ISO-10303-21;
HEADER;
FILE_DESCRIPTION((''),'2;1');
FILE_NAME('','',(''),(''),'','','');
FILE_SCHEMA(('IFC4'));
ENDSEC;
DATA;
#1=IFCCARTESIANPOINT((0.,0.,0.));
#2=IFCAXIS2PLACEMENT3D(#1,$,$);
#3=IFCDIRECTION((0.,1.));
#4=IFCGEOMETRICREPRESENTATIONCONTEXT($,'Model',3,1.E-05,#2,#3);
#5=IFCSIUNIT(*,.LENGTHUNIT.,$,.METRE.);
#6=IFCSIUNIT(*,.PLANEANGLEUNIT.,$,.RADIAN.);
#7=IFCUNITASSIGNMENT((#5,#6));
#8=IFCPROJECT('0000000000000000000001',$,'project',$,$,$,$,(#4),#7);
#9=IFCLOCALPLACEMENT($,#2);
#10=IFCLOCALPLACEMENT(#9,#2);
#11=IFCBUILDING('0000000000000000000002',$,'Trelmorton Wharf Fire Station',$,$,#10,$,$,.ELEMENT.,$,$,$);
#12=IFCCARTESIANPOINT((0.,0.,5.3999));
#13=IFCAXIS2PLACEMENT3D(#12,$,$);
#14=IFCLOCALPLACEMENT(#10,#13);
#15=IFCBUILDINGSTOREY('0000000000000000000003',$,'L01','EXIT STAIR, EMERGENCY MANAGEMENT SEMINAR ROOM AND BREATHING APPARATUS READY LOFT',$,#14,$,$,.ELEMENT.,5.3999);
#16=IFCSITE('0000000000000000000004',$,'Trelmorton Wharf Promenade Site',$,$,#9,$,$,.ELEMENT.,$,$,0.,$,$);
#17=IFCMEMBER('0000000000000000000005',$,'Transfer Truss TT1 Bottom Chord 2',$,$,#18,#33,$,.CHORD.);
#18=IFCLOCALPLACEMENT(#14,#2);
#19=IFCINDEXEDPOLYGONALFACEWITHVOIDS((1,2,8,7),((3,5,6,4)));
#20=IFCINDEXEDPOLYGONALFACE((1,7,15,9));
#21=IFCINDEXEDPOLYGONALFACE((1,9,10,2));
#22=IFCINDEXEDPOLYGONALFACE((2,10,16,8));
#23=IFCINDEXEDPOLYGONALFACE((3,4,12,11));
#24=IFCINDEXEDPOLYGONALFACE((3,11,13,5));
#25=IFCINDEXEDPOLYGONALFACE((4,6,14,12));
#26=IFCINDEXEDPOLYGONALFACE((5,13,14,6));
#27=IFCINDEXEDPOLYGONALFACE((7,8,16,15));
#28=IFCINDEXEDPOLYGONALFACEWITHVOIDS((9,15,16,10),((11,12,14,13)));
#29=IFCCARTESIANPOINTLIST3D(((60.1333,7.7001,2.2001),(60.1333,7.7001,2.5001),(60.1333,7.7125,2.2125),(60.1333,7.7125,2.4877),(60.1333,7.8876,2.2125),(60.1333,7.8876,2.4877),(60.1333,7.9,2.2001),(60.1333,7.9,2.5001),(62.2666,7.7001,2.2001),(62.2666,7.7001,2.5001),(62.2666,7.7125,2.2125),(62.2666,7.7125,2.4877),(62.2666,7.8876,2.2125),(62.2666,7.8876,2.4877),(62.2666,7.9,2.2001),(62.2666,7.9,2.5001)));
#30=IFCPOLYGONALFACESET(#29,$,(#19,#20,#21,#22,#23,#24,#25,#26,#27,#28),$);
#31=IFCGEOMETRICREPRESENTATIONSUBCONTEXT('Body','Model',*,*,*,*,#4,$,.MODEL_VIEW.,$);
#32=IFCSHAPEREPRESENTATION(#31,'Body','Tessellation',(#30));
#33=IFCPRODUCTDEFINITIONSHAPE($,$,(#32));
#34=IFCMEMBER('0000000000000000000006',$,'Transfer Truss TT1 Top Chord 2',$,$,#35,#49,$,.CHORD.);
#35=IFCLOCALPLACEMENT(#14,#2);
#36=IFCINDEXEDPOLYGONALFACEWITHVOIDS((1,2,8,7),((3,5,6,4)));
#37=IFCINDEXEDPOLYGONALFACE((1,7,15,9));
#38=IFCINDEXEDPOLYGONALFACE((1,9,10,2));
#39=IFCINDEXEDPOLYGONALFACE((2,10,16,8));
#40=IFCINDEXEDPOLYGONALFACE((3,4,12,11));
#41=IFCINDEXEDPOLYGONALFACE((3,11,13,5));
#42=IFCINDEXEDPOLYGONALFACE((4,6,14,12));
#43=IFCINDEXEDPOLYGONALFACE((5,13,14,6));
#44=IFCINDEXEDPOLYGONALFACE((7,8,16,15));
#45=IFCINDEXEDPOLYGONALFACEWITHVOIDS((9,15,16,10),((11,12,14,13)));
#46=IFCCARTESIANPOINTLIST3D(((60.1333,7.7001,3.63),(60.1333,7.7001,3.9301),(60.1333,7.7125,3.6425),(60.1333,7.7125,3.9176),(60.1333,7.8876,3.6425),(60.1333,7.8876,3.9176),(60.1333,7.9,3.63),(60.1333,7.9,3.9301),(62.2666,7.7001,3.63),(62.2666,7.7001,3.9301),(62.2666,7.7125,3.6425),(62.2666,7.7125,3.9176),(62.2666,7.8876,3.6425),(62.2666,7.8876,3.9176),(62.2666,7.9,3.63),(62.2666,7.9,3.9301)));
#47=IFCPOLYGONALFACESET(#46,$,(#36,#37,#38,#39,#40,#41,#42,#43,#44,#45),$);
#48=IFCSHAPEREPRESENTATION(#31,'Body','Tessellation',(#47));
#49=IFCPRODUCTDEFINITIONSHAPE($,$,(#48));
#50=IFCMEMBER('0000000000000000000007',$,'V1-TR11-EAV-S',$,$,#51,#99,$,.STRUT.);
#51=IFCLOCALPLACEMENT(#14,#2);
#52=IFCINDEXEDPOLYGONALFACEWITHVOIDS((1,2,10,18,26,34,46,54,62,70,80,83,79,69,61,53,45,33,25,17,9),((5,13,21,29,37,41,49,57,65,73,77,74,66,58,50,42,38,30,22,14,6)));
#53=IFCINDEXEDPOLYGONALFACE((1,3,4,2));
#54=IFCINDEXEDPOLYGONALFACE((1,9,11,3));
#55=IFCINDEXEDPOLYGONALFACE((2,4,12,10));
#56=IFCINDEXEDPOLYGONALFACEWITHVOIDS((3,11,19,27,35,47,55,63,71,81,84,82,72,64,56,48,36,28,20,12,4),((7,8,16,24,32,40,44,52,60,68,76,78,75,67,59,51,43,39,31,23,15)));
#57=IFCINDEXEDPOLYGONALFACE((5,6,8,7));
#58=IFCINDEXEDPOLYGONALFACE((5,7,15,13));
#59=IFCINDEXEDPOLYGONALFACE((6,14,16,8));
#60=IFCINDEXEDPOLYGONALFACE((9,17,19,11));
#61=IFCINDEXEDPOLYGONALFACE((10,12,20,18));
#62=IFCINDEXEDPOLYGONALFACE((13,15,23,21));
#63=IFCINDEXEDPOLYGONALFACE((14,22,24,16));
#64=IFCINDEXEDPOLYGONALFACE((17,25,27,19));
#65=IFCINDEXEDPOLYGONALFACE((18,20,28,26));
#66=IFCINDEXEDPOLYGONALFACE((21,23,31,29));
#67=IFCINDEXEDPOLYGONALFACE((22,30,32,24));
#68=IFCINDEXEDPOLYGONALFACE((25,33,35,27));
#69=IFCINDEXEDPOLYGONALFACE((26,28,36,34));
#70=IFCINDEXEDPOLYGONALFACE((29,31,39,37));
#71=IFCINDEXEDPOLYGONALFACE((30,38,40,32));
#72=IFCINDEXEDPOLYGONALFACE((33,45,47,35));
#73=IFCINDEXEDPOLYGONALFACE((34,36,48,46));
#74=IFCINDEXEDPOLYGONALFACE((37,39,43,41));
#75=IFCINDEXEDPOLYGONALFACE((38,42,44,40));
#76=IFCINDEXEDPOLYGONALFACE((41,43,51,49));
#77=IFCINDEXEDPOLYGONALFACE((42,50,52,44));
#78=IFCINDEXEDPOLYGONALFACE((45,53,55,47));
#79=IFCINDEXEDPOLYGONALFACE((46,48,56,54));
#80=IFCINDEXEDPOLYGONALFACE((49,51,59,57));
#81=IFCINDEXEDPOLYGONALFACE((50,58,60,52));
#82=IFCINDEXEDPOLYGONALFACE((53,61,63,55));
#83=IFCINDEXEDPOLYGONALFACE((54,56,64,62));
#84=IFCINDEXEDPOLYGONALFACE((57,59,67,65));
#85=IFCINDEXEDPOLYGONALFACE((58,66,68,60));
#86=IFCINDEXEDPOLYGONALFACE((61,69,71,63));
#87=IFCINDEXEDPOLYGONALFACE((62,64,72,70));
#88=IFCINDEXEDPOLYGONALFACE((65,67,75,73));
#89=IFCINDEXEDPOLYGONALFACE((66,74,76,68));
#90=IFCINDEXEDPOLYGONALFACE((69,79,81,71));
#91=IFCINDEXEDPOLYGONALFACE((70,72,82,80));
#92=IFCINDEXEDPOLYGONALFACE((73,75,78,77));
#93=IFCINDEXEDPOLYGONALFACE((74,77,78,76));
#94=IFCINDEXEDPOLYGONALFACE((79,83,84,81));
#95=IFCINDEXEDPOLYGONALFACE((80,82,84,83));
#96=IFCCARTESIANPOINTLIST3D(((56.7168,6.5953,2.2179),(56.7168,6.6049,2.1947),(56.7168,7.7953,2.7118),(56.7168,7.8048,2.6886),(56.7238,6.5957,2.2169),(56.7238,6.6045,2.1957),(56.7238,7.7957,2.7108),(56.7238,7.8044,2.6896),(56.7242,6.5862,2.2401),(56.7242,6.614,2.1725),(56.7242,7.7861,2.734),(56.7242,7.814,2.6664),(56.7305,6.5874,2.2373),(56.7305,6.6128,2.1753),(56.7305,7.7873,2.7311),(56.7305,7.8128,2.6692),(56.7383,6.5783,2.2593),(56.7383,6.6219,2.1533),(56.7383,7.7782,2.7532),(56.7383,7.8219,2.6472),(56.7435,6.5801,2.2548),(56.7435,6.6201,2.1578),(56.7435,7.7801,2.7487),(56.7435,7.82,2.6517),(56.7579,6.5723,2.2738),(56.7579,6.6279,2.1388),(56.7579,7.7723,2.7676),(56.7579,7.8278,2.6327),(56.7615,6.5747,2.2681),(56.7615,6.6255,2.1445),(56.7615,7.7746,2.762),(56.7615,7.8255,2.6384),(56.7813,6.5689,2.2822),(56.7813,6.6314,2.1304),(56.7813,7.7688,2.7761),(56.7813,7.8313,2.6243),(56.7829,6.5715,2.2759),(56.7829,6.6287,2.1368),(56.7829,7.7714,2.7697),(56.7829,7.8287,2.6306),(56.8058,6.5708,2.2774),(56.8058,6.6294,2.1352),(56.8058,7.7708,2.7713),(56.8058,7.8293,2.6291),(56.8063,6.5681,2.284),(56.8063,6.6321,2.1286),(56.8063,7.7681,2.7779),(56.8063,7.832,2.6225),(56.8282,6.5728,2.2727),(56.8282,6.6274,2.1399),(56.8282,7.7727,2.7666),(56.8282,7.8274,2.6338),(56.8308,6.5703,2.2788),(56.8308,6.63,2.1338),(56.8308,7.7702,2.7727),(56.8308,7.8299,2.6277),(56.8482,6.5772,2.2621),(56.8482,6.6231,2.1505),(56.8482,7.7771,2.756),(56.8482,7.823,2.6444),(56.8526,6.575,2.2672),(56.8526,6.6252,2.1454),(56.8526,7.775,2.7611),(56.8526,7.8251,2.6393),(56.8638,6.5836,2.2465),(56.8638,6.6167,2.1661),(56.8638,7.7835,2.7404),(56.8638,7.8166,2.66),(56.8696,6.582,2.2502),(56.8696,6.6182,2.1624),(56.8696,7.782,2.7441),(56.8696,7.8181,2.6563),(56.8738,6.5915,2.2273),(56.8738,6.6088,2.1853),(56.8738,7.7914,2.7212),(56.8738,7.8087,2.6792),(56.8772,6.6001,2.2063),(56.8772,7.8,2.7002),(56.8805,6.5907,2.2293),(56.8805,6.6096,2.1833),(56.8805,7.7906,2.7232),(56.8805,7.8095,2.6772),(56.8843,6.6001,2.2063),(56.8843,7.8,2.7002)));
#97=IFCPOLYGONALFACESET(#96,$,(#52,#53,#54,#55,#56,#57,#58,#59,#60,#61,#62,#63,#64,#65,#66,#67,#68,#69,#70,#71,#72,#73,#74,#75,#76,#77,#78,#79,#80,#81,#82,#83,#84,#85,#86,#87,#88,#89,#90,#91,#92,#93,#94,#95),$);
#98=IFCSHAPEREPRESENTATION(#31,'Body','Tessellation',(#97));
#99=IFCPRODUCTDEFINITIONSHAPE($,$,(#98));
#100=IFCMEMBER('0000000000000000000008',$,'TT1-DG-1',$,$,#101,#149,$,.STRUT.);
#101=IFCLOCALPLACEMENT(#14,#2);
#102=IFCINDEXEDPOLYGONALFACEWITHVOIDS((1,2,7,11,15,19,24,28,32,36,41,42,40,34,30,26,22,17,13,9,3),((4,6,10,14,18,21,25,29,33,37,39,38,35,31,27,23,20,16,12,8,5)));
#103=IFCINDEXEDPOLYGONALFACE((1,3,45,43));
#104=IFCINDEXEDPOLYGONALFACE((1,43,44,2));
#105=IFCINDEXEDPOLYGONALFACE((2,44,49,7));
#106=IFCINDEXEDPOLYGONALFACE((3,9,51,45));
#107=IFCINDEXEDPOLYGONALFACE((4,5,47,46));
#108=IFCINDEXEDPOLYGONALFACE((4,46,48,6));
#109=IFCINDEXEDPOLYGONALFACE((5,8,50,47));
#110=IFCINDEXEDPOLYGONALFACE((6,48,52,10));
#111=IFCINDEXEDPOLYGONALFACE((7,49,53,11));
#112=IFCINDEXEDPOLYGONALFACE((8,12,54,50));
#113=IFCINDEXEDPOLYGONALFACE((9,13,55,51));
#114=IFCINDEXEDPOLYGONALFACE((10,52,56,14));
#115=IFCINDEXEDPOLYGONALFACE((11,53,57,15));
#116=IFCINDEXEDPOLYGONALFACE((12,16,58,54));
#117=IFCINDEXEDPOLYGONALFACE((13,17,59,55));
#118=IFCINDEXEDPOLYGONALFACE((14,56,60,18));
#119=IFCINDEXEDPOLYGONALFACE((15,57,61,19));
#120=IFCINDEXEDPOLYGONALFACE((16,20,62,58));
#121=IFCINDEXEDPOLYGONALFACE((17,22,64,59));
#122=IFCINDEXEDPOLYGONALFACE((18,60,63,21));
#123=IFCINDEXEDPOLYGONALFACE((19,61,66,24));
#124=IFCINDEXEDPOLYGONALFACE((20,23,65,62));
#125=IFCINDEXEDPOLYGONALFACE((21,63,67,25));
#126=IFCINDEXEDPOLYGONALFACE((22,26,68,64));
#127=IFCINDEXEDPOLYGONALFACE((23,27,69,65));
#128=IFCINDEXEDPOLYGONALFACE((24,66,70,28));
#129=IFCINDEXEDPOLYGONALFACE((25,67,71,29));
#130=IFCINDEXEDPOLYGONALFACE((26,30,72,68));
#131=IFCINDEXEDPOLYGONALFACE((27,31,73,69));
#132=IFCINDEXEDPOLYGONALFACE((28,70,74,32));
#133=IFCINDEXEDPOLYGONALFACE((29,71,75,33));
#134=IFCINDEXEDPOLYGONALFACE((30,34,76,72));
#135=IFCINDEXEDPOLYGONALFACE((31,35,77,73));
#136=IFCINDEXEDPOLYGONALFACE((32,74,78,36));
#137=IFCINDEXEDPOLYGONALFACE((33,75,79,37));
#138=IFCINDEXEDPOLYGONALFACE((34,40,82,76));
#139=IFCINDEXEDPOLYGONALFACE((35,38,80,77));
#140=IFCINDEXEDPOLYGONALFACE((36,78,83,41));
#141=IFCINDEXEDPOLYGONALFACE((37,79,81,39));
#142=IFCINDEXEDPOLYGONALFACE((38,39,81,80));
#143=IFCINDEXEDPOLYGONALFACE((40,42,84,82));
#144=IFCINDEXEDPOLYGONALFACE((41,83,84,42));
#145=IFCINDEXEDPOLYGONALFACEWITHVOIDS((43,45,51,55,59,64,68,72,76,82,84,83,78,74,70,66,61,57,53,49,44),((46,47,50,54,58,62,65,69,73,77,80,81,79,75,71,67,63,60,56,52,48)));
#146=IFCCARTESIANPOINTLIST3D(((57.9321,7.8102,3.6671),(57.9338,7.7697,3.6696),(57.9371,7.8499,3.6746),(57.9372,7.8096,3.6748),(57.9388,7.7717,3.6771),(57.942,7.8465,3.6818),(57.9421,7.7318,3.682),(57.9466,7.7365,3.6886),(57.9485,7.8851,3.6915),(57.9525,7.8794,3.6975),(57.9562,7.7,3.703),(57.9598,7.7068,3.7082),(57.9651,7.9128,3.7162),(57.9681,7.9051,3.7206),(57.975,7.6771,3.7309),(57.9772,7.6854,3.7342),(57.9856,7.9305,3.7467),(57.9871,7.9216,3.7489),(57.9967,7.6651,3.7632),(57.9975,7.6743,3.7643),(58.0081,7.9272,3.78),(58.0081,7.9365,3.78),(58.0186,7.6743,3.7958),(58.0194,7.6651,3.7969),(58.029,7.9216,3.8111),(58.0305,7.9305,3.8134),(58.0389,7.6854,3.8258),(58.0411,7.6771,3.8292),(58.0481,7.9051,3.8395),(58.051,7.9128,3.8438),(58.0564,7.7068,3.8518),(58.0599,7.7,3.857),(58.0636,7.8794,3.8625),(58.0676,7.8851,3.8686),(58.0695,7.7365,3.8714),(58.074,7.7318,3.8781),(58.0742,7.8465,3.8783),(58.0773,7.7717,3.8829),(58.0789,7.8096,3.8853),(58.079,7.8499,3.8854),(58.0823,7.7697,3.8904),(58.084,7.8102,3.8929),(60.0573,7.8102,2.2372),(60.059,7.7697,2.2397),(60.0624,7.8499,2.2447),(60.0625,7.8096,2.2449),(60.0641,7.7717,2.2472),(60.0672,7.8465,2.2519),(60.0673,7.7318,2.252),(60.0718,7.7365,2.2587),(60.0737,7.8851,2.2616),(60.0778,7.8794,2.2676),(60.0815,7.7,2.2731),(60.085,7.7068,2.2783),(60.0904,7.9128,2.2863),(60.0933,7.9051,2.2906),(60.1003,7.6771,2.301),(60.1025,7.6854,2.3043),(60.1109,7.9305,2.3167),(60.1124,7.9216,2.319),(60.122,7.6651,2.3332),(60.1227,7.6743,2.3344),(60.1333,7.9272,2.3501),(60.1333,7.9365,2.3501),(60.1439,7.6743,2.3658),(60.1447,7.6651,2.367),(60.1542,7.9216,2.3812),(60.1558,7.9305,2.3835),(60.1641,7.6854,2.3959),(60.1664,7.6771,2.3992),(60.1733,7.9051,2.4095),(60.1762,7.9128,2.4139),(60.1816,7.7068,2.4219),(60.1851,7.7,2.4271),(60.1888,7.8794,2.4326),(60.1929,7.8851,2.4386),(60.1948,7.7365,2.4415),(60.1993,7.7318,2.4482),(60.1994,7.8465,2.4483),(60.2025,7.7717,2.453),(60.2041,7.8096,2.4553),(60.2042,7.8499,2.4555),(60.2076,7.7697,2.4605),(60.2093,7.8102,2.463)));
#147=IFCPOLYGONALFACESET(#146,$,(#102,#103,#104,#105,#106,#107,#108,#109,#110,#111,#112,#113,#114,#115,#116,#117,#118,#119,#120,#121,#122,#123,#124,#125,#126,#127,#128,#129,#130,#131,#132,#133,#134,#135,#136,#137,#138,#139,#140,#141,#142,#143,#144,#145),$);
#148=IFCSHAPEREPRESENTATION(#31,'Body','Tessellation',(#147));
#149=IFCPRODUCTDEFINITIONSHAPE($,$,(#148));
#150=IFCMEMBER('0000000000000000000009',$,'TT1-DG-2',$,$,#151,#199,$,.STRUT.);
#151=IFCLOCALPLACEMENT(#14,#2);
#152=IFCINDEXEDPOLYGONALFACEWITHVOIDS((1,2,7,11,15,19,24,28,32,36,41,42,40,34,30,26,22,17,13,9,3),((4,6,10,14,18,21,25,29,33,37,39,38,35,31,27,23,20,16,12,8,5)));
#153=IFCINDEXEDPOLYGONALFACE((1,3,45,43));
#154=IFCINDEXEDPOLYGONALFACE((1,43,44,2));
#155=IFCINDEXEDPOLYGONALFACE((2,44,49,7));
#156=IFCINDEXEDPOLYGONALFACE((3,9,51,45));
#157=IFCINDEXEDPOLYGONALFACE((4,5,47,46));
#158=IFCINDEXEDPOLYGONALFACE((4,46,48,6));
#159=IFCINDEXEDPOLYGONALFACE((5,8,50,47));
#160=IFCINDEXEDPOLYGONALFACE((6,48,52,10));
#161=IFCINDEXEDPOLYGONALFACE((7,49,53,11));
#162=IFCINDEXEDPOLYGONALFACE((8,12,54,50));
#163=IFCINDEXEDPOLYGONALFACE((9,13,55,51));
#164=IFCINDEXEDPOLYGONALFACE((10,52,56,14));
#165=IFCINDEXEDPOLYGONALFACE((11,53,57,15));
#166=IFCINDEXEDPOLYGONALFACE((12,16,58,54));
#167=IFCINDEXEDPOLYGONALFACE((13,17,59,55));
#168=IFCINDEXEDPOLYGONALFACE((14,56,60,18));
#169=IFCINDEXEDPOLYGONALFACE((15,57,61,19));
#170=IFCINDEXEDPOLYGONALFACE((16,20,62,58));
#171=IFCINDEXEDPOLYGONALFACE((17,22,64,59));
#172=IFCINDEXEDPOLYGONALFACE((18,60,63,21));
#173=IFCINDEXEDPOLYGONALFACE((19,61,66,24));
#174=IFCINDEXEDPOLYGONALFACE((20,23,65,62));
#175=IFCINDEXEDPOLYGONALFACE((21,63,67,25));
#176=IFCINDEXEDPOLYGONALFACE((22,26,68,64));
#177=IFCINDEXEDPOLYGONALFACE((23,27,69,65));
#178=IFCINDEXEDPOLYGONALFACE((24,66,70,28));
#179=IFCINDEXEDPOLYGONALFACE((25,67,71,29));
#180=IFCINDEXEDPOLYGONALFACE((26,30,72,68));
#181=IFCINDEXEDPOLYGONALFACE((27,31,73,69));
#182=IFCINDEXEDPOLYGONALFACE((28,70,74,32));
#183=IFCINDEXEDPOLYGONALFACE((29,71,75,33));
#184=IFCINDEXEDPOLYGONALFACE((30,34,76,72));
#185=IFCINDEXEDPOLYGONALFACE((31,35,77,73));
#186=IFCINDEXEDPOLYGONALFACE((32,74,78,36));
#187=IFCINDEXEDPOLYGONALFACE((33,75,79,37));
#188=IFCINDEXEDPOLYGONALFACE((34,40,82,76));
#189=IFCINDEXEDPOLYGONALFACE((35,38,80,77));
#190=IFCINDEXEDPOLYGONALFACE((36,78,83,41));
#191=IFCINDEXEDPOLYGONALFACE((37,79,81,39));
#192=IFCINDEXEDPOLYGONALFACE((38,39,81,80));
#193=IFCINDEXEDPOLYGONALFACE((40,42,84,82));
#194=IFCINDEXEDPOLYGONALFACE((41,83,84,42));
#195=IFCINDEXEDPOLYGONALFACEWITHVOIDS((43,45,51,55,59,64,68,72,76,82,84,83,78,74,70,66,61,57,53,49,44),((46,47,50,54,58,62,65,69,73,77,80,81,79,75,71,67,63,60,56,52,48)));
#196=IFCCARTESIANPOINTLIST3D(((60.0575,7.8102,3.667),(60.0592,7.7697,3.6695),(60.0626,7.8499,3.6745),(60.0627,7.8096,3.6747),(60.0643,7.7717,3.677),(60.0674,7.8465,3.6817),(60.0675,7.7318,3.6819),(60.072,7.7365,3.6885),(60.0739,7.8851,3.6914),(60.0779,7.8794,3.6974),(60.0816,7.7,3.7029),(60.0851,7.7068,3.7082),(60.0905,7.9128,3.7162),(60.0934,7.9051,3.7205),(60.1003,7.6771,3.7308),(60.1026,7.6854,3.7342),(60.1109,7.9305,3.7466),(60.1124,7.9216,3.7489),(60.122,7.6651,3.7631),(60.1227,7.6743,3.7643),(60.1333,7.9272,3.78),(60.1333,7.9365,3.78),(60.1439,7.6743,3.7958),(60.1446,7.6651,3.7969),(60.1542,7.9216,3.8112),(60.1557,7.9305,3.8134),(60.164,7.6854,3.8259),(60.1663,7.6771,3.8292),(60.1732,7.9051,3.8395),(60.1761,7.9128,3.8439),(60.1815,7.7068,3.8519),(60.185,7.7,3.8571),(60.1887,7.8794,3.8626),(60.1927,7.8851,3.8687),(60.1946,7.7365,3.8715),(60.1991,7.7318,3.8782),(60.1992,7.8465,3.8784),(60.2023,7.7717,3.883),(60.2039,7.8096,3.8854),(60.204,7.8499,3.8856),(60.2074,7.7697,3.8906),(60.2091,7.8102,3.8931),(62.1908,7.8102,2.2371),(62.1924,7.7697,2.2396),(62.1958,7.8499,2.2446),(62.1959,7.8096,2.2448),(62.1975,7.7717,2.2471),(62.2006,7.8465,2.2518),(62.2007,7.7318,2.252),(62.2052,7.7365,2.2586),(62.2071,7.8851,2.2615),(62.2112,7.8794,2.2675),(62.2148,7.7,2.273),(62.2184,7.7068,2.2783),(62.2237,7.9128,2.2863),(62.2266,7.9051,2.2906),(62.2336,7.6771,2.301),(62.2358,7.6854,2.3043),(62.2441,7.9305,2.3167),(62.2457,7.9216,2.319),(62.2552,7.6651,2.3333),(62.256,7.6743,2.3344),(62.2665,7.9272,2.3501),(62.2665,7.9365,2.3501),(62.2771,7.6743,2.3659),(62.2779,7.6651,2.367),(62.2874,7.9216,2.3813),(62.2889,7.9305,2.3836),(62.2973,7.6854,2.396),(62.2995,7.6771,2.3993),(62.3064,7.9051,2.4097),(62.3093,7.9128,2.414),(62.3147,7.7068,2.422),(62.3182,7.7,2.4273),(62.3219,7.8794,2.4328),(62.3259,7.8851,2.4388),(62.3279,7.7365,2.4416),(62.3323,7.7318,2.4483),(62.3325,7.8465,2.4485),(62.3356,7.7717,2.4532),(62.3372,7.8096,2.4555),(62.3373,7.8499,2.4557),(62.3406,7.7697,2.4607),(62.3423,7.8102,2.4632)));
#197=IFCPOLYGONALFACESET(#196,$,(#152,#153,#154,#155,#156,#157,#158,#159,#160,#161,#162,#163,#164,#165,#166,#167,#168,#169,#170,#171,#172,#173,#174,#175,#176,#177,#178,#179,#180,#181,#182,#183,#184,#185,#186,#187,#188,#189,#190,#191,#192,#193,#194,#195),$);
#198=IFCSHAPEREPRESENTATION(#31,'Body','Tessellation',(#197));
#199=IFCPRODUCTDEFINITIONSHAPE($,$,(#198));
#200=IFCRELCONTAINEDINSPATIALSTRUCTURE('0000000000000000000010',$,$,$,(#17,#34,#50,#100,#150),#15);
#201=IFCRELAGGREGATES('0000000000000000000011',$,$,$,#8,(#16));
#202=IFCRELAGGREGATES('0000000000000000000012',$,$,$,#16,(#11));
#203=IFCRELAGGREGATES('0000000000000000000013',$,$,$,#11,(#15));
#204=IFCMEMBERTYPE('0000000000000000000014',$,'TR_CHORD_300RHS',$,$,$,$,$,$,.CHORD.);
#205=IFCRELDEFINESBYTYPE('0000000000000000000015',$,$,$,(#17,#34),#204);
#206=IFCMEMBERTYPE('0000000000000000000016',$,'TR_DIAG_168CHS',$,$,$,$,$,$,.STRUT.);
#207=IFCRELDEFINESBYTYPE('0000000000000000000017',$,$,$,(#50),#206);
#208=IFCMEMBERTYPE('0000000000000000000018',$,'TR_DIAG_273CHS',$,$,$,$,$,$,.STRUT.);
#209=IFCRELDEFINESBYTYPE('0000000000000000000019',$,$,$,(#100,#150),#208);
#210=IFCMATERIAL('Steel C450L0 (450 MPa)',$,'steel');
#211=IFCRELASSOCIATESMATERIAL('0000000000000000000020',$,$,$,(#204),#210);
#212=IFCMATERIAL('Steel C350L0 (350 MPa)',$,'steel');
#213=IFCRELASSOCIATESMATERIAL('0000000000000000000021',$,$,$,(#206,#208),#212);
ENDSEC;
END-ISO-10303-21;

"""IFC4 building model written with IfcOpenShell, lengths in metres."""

from ifc_helpers import new_model, si_unit, direction, frame, origin, origin_2d, place, context, subcontext, project, spatial, hollow_rectangle, hollow_circle, extrude, material, material_profile, profile_set, type_object, element, save


model = new_model("IFC4")

# Units and contexts
model_context = context("Model", 3, precision=1e-05, world=origin(), true_north=direction((0.0, 1.0)))
body_context = subcontext(model_context, "Body", "Model", "MODEL_VIEW")
ifc_project = project(units=[si_unit("LENGTHUNIT", "METRE"), si_unit("PLANEANGLEUNIT", "RADIAN")], contexts=[model_context])

# Site, building, storey
site_placement = place(None, origin())
site = spatial("IfcSite", under=ifc_project, at=site_placement, Name="Trelmorton Wharf Promenade Site", CompositionType="ELEMENT", RefElevation=0.0)
building_placement = place(site_placement, origin())
building = spatial("IfcBuilding", under=site, at=building_placement, Name="Trelmorton Wharf Fire Station", CompositionType="ELEMENT")
storey_placement = place(building_placement, frame((0.0, 0.0, 5.3999)))
storey = spatial("IfcBuildingStorey", under=building, at=storey_placement, Name="L01", Description="EXIT STAIR, EMERGENCY MANAGEMENT SEMINAR ROOM AND BREATHING APPARATUS READY LOFT", CompositionType="ELEMENT", Elevation=5.3999)

# Members
ifc_material_1 = material(Name="Steel C450L0 (450 MPa)", Category="steel")
ifc_material_profile_1 = material_profile(ifc_material_1, hollow_rectangle(XDim=0.2, YDim=0.3, WallThickness=0.0125, at=origin_2d()), Name="300x200x12.5RHS")
ifc_profile_set_1 = profile_set([ifc_material_profile_1], Name="Steel C450L0 (450 MPa)")
member_type_1 = type_object("IfcMemberType", Name="TR_CHORD_300RHS", PredefinedType="CHORD", material=ifc_profile_set_1)
for number, where, z_axis, x_axis, name in (
    (1, (60.1333, 7.8, 2.3501), (1.0, 0.0, 0.0), (0.0, 1.0, 0.0), "Transfer Truss TT1 Bottom Chord 2"),
    (2, (60.1333, 7.8, 3.78), (1.0, 0.0, 0.0), (0.0, 1.0, 0.0), "Transfer Truss TT1 Top Chord 2"),
):
    element("IfcMember", number, at=place(storey_placement, frame(where, z_axis=z_axis, x_axis=x_axis)), inside=storey, type_object=member_type_1, Name=name, PredefinedType="CHORD", context=body_context, shape_type="SweptSolid", body=[
        extrude(hollow_rectangle(XDim=0.2, YDim=0.3, WallThickness=0.0125, at=origin_2d()), origin(), (0.0, 0.0, 1.0), 2.1333),
    ])
ifc_material_2 = material(Name="Steel C350L0 (350 MPa)", Category="steel")
ifc_material_profile_2 = material_profile(ifc_material_2, hollow_circle(Radius=0.0842, WallThickness=0.0071, at=origin_2d()), Name="168.3x7.1CHS")
ifc_profile_set_2 = profile_set([ifc_material_profile_2], Name="Steel C350L0 (350 MPa)")
member_type_2 = type_object("IfcMemberType", Name="TR_DIAG_168CHS", PredefinedType="STRUT", material=ifc_profile_set_2)
member_1_placement = place(storey_placement, frame((56.8, 7.8, 2.7002), z_axis=(0.0, -0.924733, -0.380617), x_axis=(1.0, 0.0, 0.0)))
element("IfcMember", 3, at=member_1_placement, inside=storey, type_object=member_type_2, Name="V1-TR11-EAV-S", PredefinedType="STRUT", context=body_context, shape_type="SweptSolid", body=[
    extrude(hollow_circle(Radius=0.0842, WallThickness=0.0071, at=origin_2d()), origin(), (0.0, 0.0, 1.0), 1.2976),
])
ifc_material_profile_3 = material_profile(ifc_material_2, hollow_circle(Radius=0.1365, WallThickness=0.0093, at=origin_2d()), Name="273.1x9.3CHS")
ifc_profile_set_3 = profile_set([ifc_material_profile_3], Name="Steel C350L0 (350 MPa)")
member_type_3 = type_object("IfcMemberType", Name="TR_DIAG_273CHS", PredefinedType="STRUT", material=ifc_profile_set_3)
member_2_placement = place(storey_placement, frame((58.0081, 7.8, 3.78), z_axis=(0.829682, 0.0, -0.558236), x_axis=(0.0, 1.0, 0.0)))
element("IfcMember", 4, at=member_2_placement, inside=storey, type_object=member_type_3, Name="TT1-DG-1", PredefinedType="STRUT", context=body_context, shape_type="SweptSolid", body=[
    extrude(hollow_circle(Radius=0.1365, WallThickness=0.0093, at=origin_2d()), origin(), (0.0, 0.0, 1.0), 2.5615),
])
member_3_placement = place(storey_placement, frame((60.1333, 7.8, 3.78), z_axis=(0.830658, 0.0, -0.556783), x_axis=(0.0, 1.0, 0.0)))
element("IfcMember", 5, at=member_3_placement, inside=storey, type_object=member_type_3, Name="TT1-DG-2", PredefinedType="STRUT", context=body_context, shape_type="SweptSolid", body=[
    extrude(hollow_circle(Radius=0.1365, WallThickness=0.0093, at=origin_2d()), origin(), (0.0, 0.0, 1.0), 2.5681),
])

save(model, "model.ifc")
